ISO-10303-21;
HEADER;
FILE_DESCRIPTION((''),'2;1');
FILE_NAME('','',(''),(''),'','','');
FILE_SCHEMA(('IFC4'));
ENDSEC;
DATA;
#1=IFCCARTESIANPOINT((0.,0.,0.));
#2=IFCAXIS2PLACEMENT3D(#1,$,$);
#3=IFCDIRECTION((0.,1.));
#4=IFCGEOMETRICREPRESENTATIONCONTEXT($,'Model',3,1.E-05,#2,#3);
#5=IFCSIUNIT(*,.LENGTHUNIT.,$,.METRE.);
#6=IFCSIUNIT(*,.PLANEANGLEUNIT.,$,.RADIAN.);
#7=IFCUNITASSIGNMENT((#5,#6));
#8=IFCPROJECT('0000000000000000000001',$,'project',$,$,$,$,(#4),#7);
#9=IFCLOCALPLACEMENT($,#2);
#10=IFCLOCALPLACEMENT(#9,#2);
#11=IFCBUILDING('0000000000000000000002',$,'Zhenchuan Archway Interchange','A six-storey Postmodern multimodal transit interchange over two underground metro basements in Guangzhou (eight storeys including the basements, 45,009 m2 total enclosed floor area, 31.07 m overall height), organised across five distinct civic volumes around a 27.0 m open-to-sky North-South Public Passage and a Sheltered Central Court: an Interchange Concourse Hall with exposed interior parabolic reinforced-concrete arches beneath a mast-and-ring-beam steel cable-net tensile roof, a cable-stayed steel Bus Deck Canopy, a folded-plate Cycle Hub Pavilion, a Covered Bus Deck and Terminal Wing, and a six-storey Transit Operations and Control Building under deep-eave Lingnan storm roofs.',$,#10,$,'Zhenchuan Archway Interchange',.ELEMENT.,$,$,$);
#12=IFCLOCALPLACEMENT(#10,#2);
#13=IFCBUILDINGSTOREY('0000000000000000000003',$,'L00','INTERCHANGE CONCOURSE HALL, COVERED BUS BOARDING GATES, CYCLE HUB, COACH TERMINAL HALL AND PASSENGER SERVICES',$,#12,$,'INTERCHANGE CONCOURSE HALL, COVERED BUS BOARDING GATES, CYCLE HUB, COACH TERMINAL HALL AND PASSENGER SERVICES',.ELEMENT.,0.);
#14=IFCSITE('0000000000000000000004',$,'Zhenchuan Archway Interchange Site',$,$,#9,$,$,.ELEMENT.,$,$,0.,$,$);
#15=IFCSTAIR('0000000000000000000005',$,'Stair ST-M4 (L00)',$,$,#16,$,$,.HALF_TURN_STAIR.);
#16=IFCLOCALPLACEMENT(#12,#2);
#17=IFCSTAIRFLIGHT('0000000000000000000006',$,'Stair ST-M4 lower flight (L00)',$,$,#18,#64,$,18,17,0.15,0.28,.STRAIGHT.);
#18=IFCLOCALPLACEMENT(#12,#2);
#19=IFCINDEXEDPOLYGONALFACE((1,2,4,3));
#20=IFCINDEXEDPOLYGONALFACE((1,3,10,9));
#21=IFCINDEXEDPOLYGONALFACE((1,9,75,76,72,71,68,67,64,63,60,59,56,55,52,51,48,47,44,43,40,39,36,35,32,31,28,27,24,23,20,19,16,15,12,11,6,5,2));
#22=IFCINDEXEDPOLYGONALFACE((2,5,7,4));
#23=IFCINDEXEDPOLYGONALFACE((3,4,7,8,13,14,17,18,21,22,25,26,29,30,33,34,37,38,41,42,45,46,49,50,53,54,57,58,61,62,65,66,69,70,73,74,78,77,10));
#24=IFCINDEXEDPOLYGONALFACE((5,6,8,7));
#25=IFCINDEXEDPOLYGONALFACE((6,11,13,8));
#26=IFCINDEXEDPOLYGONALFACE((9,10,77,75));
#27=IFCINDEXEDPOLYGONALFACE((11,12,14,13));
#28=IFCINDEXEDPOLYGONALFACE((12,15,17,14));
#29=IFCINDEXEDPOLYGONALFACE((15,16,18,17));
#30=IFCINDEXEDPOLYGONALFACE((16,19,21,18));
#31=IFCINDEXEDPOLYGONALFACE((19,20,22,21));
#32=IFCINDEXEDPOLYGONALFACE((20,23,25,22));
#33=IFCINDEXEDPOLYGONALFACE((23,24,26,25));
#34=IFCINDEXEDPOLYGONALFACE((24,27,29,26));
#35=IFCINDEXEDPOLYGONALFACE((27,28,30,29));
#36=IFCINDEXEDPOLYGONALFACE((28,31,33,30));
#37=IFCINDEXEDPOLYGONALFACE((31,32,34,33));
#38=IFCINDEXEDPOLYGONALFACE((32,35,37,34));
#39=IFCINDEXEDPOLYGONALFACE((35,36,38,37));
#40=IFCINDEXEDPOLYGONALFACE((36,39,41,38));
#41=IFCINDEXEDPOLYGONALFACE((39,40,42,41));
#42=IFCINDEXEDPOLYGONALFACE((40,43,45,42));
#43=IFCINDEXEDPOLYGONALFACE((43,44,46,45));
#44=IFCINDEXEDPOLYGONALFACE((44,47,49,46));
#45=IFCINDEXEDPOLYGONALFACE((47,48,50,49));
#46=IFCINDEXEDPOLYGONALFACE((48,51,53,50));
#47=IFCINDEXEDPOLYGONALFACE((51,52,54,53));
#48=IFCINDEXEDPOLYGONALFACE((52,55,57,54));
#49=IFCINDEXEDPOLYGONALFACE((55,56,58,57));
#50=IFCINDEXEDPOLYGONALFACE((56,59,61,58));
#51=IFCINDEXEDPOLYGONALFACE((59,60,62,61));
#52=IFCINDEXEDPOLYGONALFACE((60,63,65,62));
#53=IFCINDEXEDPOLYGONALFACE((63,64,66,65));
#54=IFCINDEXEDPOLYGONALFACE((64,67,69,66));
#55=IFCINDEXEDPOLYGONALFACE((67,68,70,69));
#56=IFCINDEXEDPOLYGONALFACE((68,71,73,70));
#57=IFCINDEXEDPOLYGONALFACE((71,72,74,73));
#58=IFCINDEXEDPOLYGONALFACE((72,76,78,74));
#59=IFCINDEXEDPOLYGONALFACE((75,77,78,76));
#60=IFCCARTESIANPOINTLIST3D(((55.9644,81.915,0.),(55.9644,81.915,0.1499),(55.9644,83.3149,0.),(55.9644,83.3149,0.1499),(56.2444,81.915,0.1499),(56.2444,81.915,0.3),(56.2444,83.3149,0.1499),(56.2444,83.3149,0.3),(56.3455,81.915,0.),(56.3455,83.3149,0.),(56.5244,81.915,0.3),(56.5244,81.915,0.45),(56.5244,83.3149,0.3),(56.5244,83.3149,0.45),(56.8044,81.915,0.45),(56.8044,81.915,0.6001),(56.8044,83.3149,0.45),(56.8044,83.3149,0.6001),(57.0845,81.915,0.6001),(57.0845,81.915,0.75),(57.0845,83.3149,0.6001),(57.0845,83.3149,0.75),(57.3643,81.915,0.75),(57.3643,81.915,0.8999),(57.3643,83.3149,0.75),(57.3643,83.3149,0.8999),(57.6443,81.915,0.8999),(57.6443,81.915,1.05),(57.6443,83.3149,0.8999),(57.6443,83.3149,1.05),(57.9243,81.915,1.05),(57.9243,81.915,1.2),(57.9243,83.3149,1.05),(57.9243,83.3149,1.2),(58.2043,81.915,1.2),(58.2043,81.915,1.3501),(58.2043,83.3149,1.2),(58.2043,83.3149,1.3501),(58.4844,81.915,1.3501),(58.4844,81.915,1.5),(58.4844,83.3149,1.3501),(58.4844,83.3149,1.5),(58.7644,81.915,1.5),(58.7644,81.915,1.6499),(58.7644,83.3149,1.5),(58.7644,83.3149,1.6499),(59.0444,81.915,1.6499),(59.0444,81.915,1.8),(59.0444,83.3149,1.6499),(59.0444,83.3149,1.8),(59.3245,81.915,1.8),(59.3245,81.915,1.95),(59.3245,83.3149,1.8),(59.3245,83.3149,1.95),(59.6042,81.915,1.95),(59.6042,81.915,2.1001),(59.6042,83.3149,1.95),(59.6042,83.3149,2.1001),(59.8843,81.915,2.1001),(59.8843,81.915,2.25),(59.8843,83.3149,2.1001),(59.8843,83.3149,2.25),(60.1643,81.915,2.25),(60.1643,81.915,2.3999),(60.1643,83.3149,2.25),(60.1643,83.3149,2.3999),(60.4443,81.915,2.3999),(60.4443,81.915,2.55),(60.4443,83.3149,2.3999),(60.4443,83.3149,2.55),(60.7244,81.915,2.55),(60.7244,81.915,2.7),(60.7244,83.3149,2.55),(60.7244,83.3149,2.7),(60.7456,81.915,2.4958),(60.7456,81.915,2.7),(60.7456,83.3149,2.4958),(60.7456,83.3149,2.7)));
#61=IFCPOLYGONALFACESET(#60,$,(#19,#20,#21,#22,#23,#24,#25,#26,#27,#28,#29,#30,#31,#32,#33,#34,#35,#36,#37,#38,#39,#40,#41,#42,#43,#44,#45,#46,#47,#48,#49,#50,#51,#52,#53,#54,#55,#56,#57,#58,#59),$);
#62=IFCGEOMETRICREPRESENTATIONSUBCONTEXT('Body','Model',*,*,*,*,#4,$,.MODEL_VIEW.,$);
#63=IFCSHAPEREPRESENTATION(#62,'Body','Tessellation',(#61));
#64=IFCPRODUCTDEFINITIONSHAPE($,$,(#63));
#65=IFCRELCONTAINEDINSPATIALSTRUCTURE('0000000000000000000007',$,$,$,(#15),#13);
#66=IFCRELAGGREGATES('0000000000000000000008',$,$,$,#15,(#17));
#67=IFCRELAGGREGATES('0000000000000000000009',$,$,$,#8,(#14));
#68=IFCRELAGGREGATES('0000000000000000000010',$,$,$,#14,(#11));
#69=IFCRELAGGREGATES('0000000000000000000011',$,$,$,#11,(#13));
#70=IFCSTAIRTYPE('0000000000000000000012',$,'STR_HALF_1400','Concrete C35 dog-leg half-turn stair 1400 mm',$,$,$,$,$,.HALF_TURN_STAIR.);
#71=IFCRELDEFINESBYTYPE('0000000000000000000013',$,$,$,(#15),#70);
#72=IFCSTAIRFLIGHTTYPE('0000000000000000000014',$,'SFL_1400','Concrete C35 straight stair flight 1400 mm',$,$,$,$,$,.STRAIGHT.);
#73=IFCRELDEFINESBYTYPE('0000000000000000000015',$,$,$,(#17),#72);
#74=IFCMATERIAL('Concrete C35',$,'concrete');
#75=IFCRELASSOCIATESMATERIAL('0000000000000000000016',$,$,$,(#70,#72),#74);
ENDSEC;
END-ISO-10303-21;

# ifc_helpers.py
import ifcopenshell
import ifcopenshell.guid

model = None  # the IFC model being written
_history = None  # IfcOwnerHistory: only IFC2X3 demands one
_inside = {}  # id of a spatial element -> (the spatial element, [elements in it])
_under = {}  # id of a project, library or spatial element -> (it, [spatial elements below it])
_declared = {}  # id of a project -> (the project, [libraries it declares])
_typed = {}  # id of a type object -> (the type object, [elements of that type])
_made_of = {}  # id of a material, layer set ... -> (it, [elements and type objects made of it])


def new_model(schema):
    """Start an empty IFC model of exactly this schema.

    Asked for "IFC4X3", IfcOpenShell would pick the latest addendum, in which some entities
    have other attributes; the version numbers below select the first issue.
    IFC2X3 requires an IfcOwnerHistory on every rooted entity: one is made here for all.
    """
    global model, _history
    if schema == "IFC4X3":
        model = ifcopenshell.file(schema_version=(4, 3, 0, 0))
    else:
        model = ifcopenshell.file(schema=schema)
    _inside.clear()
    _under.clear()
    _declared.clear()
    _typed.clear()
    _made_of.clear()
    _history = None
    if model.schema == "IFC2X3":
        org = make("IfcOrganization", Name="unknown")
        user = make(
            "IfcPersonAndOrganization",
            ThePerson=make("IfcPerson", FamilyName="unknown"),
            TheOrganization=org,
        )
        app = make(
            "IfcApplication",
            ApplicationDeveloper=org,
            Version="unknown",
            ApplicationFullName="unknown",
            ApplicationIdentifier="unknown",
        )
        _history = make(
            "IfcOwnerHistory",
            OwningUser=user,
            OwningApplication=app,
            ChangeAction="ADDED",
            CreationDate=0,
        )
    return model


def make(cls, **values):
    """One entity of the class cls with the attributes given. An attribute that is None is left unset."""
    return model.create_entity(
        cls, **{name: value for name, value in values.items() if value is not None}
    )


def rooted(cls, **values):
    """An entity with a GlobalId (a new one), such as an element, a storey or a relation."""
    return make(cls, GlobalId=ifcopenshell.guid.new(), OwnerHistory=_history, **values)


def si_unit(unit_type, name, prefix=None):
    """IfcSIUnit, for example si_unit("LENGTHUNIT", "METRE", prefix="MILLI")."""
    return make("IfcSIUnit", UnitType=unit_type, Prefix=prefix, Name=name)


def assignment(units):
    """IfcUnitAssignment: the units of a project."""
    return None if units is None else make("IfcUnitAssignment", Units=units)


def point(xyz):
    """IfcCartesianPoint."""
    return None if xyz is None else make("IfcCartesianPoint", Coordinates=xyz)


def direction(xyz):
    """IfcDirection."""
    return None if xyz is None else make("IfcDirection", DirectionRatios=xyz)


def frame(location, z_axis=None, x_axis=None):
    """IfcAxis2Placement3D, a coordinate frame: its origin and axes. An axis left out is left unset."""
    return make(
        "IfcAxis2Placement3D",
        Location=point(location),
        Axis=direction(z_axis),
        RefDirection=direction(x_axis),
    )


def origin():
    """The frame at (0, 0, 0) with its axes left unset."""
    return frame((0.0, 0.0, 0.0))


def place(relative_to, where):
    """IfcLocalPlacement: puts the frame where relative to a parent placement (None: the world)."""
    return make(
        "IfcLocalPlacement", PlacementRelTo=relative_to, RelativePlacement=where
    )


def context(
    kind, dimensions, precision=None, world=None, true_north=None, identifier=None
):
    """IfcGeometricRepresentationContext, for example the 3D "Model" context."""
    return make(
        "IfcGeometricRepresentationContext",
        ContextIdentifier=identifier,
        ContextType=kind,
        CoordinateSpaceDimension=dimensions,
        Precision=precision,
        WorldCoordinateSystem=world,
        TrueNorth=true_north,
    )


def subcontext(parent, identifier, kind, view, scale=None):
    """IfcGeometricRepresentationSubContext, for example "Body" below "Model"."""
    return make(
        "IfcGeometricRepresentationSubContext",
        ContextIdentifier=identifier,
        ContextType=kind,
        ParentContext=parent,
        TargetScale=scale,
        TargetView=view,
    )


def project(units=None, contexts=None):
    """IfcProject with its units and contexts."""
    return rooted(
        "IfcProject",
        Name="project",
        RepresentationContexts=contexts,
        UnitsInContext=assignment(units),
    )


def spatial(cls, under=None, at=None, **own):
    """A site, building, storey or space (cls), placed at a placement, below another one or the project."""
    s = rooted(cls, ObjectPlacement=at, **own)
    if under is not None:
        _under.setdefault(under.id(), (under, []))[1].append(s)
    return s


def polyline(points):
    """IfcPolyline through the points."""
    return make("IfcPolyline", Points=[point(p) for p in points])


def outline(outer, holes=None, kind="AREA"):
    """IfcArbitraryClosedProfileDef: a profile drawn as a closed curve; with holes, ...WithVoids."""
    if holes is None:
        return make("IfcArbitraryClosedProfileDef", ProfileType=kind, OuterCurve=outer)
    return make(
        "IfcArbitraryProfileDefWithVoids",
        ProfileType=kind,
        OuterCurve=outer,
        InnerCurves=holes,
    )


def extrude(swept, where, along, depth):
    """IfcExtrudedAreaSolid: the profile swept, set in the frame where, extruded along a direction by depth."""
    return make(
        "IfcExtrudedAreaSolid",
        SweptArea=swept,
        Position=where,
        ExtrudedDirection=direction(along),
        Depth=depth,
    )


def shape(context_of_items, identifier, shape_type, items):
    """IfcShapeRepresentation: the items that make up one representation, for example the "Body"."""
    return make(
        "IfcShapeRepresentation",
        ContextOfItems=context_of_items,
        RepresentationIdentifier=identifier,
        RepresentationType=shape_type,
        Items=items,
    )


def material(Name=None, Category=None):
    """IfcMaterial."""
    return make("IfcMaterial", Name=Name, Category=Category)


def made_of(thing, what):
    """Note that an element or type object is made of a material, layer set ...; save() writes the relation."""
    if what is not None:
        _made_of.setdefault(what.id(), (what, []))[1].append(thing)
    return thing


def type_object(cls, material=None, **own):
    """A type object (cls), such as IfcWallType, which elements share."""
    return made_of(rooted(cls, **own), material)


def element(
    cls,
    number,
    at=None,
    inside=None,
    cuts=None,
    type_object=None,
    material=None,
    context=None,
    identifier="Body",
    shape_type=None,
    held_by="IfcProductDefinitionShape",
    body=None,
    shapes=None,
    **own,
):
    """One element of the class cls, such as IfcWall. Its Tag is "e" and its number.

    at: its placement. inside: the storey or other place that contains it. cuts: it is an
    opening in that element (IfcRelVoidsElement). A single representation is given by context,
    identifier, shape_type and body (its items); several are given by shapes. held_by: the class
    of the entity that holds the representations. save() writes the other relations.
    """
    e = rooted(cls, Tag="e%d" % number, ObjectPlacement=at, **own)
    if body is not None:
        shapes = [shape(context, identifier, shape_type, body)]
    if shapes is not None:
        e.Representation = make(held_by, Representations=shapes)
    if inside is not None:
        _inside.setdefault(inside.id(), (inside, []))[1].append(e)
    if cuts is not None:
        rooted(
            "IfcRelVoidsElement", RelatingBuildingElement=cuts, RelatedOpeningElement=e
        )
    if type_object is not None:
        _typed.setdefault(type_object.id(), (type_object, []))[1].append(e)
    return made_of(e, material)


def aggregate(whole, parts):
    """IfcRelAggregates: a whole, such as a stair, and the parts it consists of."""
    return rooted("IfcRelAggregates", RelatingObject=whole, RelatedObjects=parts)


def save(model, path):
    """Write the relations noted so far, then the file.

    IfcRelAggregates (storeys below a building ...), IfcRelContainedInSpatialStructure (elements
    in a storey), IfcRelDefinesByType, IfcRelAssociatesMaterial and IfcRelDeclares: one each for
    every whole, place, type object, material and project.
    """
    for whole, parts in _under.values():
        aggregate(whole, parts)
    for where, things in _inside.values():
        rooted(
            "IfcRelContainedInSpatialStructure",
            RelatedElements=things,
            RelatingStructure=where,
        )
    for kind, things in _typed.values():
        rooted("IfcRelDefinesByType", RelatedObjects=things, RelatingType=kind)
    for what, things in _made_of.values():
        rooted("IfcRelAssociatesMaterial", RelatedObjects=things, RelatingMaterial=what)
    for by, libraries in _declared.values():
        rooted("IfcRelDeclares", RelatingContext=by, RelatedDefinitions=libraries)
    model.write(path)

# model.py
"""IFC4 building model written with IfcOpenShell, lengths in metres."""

from ifc_helpers import new_model, si_unit, direction, frame, origin, place, context, subcontext, project, spatial, polyline, outline, extrude, material, type_object, element, aggregate, save


model = new_model("IFC4")

# Units and contexts
model_context = context("Model", 3, precision=1e-05, world=origin(), true_north=direction((0.0, 1.0)))
body_context = subcontext(model_context, "Body", "Model", "MODEL_VIEW")
ifc_project = project(units=[si_unit("LENGTHUNIT", "METRE"), si_unit("PLANEANGLEUNIT", "RADIAN")], contexts=[model_context])

# Site, building, storey
site_placement = place(None, origin())
site = spatial("IfcSite", under=ifc_project, at=site_placement, Name="Zhenchuan Archway Interchange Site", CompositionType="ELEMENT", RefElevation=0.0)
building_placement = place(site_placement, origin())
building = spatial("IfcBuilding", under=site, at=building_placement, Name="Zhenchuan Archway Interchange", Description="A six-storey Postmodern multimodal transit interchange over two underground metro basements in Guangzhou (eight storeys including the basements, 45,009 m2 total enclosed floor area, 31.07 m overall height), organised across five distinct civic volumes around a 27.0 m open-to-sky North-South Public Passage and a Sheltered Central Court: an Interchange Concourse Hall with exposed interior parabolic reinforced-concrete arches beneath a mast-and-ring-beam steel cable-net tensile roof, a cable-stayed steel Bus Deck Canopy, a folded-plate Cycle Hub Pavilion, a Covered Bus Deck and Terminal Wing, and a six-storey Transit Operations and Control Building under deep-eave Lingnan storm roofs.", LongName="Zhenchuan Archway Interchange", CompositionType="ELEMENT")
storey_placement = place(building_placement, origin())
storey = spatial("IfcBuildingStorey", under=building, at=storey_placement, Name="L00", Description="INTERCHANGE CONCOURSE HALL, COVERED BUS BOARDING GATES, CYCLE HUB, COACH TERMINAL HALL AND PASSENGER SERVICES", LongName="INTERCHANGE CONCOURSE HALL, COVERED BUS BOARDING GATES, CYCLE HUB, COACH TERMINAL HALL AND PASSENGER SERVICES", CompositionType="ELEMENT", Elevation=0.0)

# Stair, stair flight
ifc_material_1 = material(Name="Concrete C35", Category="concrete")
stair_type = type_object("IfcStairType", Name="STR_HALF_1400", Description="Concrete C35 dog-leg half-turn stair 1400 mm", PredefinedType="HALF_TURN_STAIR", material=ifc_material_1)
stair_placement = place(storey_placement, origin())
stair = element("IfcStair", 1, at=stair_placement, inside=storey, type_object=stair_type, Name="Stair ST-M4 (L00)", PredefinedType="HALF_TURN_STAIR")
stair_flight_type = type_object("IfcStairFlightType", Name="SFL_1400", Description="Concrete C35 straight stair flight 1400 mm", PredefinedType="STRAIGHT", material=ifc_material_1)
stair_flight_placement = place(storey_placement, frame((55.9644, 82.615, 0.0), z_axis=(0.0, 0.0, 1.0), x_axis=(1.0, 0.0, 0.0)))
stair_flight = element("IfcStairFlight", 2, at=stair_flight_placement, type_object=stair_flight_type, Name="Stair ST-M4 lower flight (L00)", NumberOfRisers=18, NumberOfTreads=17, PredefinedType="STRAIGHT", RiserHeight=0.15, TreadLength=0.28, context=body_context, shape_type="SweptSolid", body=[
    extrude(outline(polyline([(0.0, 0.0), (0.0, 0.1499), (0.28, 0.1499), (0.28, 0.3), (0.5601, 0.3), (0.5601, 0.45), (0.8401, 0.45), (0.8401, 0.6001), (1.1201, 0.6001), (1.1201, 0.75), (1.3999, 0.75), (1.3999, 0.8999), (1.6799, 0.8999), (1.6799, 1.05), (1.96, 1.05), (1.96, 1.2), (2.24, 1.2), (2.24, 1.3501), (2.52, 1.3501), (2.52, 1.5), (2.8, 1.5), (2.8, 1.6499), (3.0801, 1.6499), (3.0801, 1.8), (3.3601, 1.8), (3.3601, 1.95), (3.6399, 1.95), (3.6399, 2.1001), (3.9199, 2.1001), (3.9199, 2.25), (4.2, 2.25), (4.2, 2.3999), (4.48, 2.3999), (4.48, 2.55), (4.76, 2.55), (4.76, 2.7), (4.7812, 2.7), (4.7812, 2.4958), (0.3811, 0.0), (0.0, 0.0)])), frame((0.0, 0.7, 0.0), z_axis=(0.0, -1.0, 0.0), x_axis=(1.0, 0.0, 0.0)), (0.0, 0.0, 1.0), 1.3999),
])
aggregate(stair, [stair_flight])

save(model, "model.ifc")
